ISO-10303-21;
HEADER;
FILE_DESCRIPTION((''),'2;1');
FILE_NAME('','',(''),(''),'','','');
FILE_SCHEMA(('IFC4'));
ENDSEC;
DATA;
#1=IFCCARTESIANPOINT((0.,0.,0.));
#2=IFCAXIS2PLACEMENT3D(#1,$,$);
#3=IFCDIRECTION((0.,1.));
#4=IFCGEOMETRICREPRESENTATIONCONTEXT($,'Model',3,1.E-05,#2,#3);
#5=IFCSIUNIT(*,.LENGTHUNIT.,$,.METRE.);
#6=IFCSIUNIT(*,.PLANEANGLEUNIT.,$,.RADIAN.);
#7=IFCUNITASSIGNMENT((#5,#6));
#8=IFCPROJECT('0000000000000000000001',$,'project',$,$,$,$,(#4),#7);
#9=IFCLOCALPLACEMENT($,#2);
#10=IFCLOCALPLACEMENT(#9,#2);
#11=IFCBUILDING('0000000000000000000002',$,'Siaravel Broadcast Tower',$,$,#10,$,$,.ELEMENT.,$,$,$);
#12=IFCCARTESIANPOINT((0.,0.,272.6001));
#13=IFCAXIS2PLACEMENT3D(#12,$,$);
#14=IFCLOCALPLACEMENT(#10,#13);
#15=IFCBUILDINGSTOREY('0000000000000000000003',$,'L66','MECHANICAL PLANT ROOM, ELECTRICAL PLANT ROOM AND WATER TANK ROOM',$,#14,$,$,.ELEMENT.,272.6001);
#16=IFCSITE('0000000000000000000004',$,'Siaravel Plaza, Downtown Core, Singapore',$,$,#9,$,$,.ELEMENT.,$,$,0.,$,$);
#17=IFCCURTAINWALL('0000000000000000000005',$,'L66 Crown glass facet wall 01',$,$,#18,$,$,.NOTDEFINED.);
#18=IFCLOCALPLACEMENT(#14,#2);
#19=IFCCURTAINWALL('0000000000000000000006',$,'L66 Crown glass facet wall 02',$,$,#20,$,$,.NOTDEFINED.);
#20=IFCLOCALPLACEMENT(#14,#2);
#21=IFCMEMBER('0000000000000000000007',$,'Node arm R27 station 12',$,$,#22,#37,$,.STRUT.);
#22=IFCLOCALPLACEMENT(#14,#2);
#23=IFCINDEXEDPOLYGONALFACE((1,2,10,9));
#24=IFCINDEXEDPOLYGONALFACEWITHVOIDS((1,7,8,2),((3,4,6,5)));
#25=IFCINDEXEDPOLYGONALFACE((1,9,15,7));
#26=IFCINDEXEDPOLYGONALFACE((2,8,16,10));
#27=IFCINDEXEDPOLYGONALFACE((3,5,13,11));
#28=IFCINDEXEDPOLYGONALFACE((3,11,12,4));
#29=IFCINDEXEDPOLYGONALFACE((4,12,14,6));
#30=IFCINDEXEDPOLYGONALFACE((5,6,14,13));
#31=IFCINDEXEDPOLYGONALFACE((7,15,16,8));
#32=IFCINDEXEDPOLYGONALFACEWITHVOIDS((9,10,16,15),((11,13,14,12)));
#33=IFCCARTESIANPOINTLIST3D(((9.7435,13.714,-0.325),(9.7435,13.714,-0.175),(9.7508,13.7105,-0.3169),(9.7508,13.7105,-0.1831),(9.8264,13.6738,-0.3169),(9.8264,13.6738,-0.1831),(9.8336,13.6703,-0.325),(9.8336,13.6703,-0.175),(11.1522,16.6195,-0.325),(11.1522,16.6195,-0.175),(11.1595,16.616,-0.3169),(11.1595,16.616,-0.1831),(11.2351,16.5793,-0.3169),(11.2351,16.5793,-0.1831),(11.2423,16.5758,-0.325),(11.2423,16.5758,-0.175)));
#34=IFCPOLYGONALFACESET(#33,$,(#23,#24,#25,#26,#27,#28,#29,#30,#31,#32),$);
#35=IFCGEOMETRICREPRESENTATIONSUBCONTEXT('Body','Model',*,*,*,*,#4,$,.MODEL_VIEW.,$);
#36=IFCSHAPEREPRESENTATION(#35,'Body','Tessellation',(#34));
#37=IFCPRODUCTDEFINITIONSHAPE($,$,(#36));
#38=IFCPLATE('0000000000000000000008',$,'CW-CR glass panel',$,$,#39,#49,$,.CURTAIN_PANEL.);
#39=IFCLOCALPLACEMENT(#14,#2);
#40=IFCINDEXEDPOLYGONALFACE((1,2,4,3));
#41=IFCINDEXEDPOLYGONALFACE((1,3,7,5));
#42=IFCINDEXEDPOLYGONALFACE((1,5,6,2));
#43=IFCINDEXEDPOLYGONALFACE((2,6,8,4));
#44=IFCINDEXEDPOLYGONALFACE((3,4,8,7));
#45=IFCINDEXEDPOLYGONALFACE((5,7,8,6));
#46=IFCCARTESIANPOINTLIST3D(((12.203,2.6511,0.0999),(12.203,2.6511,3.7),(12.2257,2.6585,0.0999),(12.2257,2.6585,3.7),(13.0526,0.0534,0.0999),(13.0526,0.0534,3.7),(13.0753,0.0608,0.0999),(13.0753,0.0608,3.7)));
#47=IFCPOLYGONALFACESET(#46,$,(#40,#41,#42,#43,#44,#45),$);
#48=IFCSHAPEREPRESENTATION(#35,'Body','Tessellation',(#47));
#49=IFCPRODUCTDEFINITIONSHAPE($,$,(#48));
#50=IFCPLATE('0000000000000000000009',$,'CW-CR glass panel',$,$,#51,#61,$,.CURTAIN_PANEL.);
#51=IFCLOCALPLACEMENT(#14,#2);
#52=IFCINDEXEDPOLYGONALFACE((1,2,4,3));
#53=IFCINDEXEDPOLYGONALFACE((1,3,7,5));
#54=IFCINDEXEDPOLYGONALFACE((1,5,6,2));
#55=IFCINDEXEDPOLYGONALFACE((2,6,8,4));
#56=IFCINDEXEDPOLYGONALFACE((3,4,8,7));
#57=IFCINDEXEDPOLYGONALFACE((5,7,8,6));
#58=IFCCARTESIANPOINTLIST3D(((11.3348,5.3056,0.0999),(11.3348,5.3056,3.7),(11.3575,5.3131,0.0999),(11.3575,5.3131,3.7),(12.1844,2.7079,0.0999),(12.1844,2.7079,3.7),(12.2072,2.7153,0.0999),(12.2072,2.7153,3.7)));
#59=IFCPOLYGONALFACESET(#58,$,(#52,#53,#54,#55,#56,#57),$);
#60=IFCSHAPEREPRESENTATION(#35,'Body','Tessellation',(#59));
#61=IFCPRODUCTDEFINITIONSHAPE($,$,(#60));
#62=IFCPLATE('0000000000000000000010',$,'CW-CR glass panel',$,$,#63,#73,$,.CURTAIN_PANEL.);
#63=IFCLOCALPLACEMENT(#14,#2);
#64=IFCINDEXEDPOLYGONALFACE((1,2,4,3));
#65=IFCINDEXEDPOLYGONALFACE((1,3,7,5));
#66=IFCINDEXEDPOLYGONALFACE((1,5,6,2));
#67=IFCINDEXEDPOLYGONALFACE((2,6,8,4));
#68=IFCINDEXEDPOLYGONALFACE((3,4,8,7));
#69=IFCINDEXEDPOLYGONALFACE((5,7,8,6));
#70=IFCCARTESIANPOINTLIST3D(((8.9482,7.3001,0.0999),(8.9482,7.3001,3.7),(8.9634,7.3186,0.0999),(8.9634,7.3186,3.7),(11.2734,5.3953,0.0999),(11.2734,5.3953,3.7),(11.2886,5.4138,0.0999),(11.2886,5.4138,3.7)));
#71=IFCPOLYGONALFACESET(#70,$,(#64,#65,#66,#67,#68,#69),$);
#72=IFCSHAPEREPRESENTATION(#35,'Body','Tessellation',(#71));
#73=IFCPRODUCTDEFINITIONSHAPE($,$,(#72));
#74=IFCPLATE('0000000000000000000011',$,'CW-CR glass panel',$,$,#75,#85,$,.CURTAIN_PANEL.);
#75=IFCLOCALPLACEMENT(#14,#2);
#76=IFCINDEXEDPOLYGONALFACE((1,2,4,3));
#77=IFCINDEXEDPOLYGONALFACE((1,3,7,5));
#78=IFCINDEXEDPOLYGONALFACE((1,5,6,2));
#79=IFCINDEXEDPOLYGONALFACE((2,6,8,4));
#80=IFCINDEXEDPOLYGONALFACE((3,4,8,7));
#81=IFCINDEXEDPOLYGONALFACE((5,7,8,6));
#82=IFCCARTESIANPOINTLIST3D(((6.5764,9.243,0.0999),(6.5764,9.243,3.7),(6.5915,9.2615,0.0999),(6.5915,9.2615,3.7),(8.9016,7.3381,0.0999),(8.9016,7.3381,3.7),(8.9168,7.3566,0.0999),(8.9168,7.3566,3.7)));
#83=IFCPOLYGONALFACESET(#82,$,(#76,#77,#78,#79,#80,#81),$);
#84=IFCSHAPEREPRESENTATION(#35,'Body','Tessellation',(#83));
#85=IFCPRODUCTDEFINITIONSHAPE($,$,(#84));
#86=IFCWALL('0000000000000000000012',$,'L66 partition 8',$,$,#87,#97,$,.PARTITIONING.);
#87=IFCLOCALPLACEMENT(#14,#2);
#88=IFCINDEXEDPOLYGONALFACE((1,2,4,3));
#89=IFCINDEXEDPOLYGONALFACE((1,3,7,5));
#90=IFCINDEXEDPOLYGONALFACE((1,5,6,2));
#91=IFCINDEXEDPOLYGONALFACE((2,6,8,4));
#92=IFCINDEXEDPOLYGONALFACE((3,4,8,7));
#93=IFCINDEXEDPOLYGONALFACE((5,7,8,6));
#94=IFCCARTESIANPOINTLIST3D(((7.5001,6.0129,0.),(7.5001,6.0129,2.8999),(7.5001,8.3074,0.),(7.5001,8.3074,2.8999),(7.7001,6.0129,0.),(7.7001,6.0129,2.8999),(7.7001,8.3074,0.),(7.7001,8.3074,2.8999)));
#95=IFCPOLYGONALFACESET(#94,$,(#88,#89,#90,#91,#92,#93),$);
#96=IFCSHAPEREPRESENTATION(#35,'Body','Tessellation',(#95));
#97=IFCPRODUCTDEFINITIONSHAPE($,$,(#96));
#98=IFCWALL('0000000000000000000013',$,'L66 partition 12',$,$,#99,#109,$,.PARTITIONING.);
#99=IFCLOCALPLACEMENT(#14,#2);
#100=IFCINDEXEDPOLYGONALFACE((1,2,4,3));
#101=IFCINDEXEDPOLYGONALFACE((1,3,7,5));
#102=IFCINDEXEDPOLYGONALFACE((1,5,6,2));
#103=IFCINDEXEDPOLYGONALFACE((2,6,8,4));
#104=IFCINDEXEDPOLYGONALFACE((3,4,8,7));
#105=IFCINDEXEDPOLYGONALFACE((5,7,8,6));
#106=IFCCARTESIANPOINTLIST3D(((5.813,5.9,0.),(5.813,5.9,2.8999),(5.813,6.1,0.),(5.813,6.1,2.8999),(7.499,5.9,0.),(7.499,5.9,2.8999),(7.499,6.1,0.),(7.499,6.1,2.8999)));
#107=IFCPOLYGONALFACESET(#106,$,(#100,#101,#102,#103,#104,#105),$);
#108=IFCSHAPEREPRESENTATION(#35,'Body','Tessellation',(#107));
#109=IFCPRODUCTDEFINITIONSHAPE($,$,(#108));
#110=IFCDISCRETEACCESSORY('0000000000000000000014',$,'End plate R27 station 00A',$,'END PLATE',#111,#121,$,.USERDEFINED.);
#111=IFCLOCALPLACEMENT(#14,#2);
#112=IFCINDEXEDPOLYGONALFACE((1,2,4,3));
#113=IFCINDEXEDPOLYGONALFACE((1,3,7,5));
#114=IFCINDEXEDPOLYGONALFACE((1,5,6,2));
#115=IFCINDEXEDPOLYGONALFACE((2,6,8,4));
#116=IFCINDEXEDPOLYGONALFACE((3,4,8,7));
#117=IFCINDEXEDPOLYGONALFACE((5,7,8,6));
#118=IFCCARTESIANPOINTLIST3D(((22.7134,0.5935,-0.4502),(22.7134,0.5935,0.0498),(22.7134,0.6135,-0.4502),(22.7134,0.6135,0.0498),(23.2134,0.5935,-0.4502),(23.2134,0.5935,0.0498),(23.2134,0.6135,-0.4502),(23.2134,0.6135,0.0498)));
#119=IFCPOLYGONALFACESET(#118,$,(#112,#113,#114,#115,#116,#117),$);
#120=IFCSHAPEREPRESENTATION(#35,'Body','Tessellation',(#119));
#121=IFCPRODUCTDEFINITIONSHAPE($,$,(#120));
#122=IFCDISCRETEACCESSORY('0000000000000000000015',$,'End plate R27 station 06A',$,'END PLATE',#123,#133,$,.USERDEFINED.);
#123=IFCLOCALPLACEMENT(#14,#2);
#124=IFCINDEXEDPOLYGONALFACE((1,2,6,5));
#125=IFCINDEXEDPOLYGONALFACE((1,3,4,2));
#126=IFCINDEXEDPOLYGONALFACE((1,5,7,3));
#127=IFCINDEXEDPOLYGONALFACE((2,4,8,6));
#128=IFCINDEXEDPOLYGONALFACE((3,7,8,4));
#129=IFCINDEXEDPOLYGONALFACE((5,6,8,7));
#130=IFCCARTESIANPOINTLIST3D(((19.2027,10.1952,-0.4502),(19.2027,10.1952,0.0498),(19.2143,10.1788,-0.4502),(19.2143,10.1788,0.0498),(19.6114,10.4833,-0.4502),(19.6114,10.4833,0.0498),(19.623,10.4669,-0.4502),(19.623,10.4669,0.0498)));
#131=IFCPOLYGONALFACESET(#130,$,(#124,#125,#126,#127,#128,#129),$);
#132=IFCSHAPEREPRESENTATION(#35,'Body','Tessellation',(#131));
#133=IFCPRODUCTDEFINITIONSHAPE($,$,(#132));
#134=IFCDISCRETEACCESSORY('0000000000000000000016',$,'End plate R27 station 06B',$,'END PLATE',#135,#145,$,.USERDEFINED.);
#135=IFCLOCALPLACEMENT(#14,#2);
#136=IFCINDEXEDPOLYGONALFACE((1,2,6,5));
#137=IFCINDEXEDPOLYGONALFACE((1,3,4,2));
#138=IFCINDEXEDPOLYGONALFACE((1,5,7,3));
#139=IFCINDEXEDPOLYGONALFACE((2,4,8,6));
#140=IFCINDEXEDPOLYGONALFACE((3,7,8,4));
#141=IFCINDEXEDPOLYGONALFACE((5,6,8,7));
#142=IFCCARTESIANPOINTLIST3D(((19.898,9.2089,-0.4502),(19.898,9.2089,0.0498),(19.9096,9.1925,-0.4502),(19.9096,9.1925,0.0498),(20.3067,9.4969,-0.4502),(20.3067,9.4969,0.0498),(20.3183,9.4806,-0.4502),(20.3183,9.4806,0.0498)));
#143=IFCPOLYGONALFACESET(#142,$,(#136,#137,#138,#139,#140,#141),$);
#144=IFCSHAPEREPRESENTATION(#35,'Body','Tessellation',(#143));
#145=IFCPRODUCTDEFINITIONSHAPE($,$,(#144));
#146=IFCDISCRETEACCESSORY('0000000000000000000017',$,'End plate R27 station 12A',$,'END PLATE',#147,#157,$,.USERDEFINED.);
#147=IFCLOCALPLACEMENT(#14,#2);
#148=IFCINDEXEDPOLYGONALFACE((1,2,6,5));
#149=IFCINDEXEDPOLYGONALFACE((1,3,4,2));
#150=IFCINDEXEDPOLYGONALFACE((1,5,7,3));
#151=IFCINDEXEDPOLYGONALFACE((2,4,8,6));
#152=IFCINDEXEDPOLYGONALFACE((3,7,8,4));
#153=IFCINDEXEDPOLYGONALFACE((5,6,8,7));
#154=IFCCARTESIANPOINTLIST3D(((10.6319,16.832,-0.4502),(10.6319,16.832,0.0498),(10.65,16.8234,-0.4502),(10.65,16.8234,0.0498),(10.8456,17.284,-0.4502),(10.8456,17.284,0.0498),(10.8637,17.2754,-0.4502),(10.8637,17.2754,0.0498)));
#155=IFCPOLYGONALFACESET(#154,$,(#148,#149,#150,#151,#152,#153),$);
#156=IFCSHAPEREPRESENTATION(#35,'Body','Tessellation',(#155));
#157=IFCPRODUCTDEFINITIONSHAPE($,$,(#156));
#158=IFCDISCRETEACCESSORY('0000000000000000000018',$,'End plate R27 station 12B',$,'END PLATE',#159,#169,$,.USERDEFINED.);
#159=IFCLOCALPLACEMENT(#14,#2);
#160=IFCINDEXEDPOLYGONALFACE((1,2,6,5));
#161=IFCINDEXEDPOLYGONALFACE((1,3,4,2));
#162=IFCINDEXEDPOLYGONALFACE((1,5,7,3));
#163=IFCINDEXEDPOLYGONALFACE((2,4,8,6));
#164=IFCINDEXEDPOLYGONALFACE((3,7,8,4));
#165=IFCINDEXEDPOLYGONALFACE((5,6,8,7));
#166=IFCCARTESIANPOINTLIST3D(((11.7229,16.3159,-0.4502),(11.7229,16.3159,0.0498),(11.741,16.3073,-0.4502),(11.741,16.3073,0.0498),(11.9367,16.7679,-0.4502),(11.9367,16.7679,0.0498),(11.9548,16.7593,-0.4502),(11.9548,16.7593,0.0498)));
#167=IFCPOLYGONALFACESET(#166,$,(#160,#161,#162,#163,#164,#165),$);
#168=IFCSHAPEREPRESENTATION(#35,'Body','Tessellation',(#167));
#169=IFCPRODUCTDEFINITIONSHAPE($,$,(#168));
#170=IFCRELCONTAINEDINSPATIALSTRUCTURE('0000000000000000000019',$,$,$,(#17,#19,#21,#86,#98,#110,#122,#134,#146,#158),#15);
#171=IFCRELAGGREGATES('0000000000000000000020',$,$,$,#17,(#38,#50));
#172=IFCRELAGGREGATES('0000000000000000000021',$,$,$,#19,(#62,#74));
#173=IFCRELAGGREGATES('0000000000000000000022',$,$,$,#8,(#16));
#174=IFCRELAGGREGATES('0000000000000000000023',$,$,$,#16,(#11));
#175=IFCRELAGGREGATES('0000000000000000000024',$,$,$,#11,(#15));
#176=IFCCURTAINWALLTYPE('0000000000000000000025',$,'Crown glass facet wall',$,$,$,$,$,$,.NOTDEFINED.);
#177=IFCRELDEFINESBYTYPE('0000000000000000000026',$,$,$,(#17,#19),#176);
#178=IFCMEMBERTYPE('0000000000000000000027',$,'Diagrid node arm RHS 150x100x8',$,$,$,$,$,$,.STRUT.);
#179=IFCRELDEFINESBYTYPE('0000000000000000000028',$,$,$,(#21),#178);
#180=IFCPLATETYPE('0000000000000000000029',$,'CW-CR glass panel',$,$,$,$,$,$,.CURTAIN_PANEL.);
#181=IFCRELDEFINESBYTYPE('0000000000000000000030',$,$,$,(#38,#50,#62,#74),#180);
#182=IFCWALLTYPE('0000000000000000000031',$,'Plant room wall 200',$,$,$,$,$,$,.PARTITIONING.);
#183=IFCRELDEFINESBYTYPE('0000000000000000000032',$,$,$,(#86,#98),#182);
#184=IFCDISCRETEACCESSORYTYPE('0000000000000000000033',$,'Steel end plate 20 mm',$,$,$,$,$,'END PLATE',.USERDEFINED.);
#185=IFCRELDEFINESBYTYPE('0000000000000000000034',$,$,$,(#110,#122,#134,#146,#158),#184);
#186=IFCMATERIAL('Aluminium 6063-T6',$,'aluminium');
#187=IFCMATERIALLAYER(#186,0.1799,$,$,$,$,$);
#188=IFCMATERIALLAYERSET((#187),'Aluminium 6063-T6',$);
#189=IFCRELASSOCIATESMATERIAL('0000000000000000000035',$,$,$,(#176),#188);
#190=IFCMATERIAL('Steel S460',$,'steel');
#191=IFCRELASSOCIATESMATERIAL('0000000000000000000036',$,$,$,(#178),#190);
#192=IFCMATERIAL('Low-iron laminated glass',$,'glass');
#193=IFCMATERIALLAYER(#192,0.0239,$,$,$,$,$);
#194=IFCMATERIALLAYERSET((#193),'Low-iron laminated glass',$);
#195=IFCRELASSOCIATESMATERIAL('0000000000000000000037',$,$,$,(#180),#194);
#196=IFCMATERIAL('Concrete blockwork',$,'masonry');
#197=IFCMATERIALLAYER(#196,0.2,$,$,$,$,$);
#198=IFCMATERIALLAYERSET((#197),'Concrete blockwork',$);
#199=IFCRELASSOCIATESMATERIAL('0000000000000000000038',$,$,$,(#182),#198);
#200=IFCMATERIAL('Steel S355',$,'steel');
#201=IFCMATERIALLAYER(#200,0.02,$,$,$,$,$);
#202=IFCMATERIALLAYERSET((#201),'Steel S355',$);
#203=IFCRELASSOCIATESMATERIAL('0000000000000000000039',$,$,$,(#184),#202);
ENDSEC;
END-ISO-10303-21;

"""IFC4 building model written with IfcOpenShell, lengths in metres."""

from ifc_helpers import new_model, si_unit, direction, frame, frame_2d, origin, origin_2d, place, context, subcontext, project, spatial, rectangle, hollow_rectangle, extrude, material, layer, layer_set, material_profile, profile_set, type_object, element, aggregate, save


model = new_model("IFC4")

# Units and contexts
model_context = context("Model", 3, precision=1e-05, world=origin(), true_north=direction((0.0, 1.0)))
body_context = subcontext(model_context, "Body", "Model", "MODEL_VIEW")
ifc_project = project(units=[si_unit("LENGTHUNIT", "METRE"), si_unit("PLANEANGLEUNIT", "RADIAN")], contexts=[model_context])

# Site, building, storey
site_placement = place(None, origin())
site = spatial("IfcSite", under=ifc_project, at=site_placement, Name="Siaravel Plaza, Downtown Core, Singapore", CompositionType="ELEMENT", RefElevation=0.0)
building_placement = place(site_placement, origin())
building = spatial("IfcBuilding", under=site, at=building_placement, Name="Siaravel Broadcast Tower", CompositionType="ELEMENT")
storey_placement = place(building_placement, frame((0.0, 0.0, 272.6001)))
storey = spatial("IfcBuildingStorey", under=building, at=storey_placement, Name="L66", Description="MECHANICAL PLANT ROOM, ELECTRICAL PLANT ROOM AND WATER TANK ROOM", CompositionType="ELEMENT", Elevation=272.6001)

# Curtain walls
ifc_material_1 = material(Name="Aluminium 6063-T6", Category="aluminium")
ifc_layer_1 = layer(ifc_material_1, 0.1799)
ifc_layer_set_1 = layer_set([ifc_layer_1], Name="Aluminium 6063-T6")
curtain_wall_type = type_object("IfcCurtainWallType", Name="Crown glass facet wall", PredefinedType="NOTDEFINED", material=ifc_layer_set_1)
curtain_wall_1_placement = place(storey_placement, origin())
curtain_wall_1 = element("IfcCurtainWall", 1, at=curtain_wall_1_placement, inside=storey, type_object=curtain_wall_type, Name="L66 Crown glass facet wall 01", PredefinedType="NOTDEFINED")
curtain_wall_2_placement = place(storey_placement, origin())
curtain_wall_2 = element("IfcCurtainWall", 2, at=curtain_wall_2_placement, inside=storey, type_object=curtain_wall_type, Name="L66 Crown glass facet wall 02", PredefinedType="NOTDEFINED")

# Member
ifc_material_2 = material(Name="Steel S460", Category="steel")
ifc_material_profile_1 = material_profile(ifc_material_2, hollow_rectangle(XDim=0.1001, YDim=0.1499, WallThickness=0.0081, at=origin_2d()))
ifc_profile_set_1 = profile_set([ifc_material_profile_1], Name="Steel S460")
member_type_1 = type_object("IfcMemberType", Name="Diagrid node arm RHS 150x100x8", PredefinedType="STRUT", material=ifc_profile_set_1)
member_1_placement = place(storey_placement, frame((9.7886, 13.6921, -0.25), z_axis=(0.436262, 0.89982, 0.0), x_axis=(-0.89982, 0.436262, 0.0)))
element("IfcMember", 3, at=member_1_placement, inside=storey, type_object=member_type_1, Name="Node arm R27 station 12", PredefinedType="STRUT", context=body_context, shape_type="SweptSolid", body=[
    extrude(hollow_rectangle(XDim=0.1001, YDim=0.1499, WallThickness=0.0081, at=origin_2d()), origin(), (0.0, 0.0, 1.0), 3.229),
])

# Plates
ifc_material_3 = material(Name="Low-iron laminated glass", Category="glass")
ifc_layer_2 = layer(ifc_material_3, 0.0239)
ifc_layer_set_2 = layer_set([ifc_layer_2], Name="Low-iron laminated glass")
plate_type = type_object("IfcPlateType", Name="CW-CR glass panel", PredefinedType="CURTAIN_PANEL", material=ifc_layer_set_2)
plate_1_placement = place(storey_placement, frame((12.6392, 1.356, 0.0999), z_axis=(0.0, 0.0, 1.0), x_axis=(-0.310862, 0.950455, 0.0)))
plate_1 = element("IfcPlate", 4, at=plate_1_placement, type_object=plate_type, Name="CW-CR glass panel", PredefinedType="CURTAIN_PANEL", context=body_context, shape_type="SweptSolid", body=[
    extrude(rectangle(XDim=2.7332, YDim=0.0239, at=origin_2d()), origin(), (0.0, 0.0, 1.0), 3.6001),
])
plate_2_placement = place(storey_placement, frame((11.771, 4.0105, 0.0999), z_axis=(0.0, 0.0, 1.0), x_axis=(-0.310862, 0.950455, 0.0)))
plate_2 = element("IfcPlate", 5, at=plate_2_placement, type_object=plate_type, Name="CW-CR glass panel", PredefinedType="CURTAIN_PANEL", context=body_context, shape_type="SweptSolid", body=[
    extrude(rectangle(XDim=2.7332, YDim=0.0239, at=origin_2d()), origin(), (0.0, 0.0, 1.0), 3.6001),
])
aggregate(curtain_wall_1, [plate_1, plate_2])
plate_3_placement = place(storey_placement, frame((10.1184, 6.3569, 0.0999), z_axis=(0.0, 0.0, 1.0), x_axis=(-0.773569, 0.633712, 0.0)))
plate_3 = element("IfcPlate", 6, at=plate_3_placement, type_object=plate_type, Name="CW-CR glass panel", PredefinedType="CURTAIN_PANEL", context=body_context, shape_type="SweptSolid", body=[
    extrude(rectangle(XDim=3.0059, YDim=0.0239, at=origin_2d()), origin(), (0.0, 0.0, 1.0), 3.6001),
])
plate_4_placement = place(storey_placement, frame((7.7466, 8.2998, 0.0999), z_axis=(0.0, 0.0, 1.0), x_axis=(-0.773569, 0.633712, 0.0)))
plate_4 = element("IfcPlate", 7, at=plate_4_placement, type_object=plate_type, Name="CW-CR glass panel", PredefinedType="CURTAIN_PANEL", context=body_context, shape_type="SweptSolid", body=[
    extrude(rectangle(XDim=3.0059, YDim=0.0239, at=origin_2d()), origin(), (0.0, 0.0, 1.0), 3.6001),
])
aggregate(curtain_wall_2, [plate_3, plate_4])

# Walls
ifc_material_4 = material(Name="Concrete blockwork", Category="masonry")
ifc_layer_3 = layer(ifc_material_4, 0.2)
ifc_layer_set_3 = layer_set([ifc_layer_3], Name="Concrete blockwork")
wall_type = type_object("IfcWallType", Name="Plant room wall 200", PredefinedType="PARTITIONING", material=ifc_layer_set_3)
wall_1_placement = place(storey_placement, frame((7.6001, 8.3074, 0.0), z_axis=(0.0, 0.0, 1.0), x_axis=(0.0, -1.0, 0.0)))
element("IfcWall", 8, at=wall_1_placement, inside=storey, type_object=wall_type, Name="L66 partition 8", PredefinedType="PARTITIONING", context=body_context, shape_type="SweptSolid", body=[
    extrude(rectangle(XDim=2.2944, YDim=0.2, at=frame_2d((1.1472, 0.0))), origin(), (0.0, 0.0, 1.0), 2.8999),
])
wall_2_placement = place(storey_placement, frame((7.499, 6.0, 0.0), z_axis=(0.0, 0.0, 1.0), x_axis=(-1.0, 0.0, 0.0)))
element("IfcWall", 9, at=wall_2_placement, inside=storey, type_object=wall_type, Name="L66 partition 12", PredefinedType="PARTITIONING", context=body_context, shape_type="SweptSolid", body=[
    extrude(rectangle(XDim=1.686, YDim=0.2, at=frame_2d((0.843, 0.0))), origin(), (0.0, 0.0, 1.0), 2.8999),
])

# Discrete accessories
ifc_material_5 = material(Name="Steel S355", Category="steel")
ifc_layer_4 = layer(ifc_material_5, 0.02)
ifc_layer_set_4 = layer_set([ifc_layer_4], Name="Steel S355")
discrete_accessory_type = type_object("IfcDiscreteAccessoryType", Name="Steel end plate 20 mm", ElementType="END PLATE", PredefinedType="USERDEFINED", material=ifc_layer_set_4)
for number, where, z_axis, x_axis, name in (
    (10, (22.9634, 0.6035, -0.4502), (0.0, 0.0, 1.0), (0.0, 1.0, 0.0), "End plate R27 station 00A"),
    (11, (19.4128, 10.3311, -0.4502), (0.0, 0.0, 1.0), (-0.576119, 0.817366, 0.0), "End plate R27 station 06A"),
    (12, (20.1082, 9.3447, -0.4502), (0.0, 0.0, 1.0), (-0.576119, 0.817366, 0.0), "End plate R27 station 06B"),
    (13, (10.7478, 17.0537, -0.4502), (0.0, 0.0, 1.0), (-0.904006, 0.427519, 0.0), "End plate R27 station 12A"),
    (14, (11.8389, 16.5376, -0.4502), (0.0, 0.0, 1.0), (-0.904006, 0.427519, 0.0), "End plate R27 station 12B"),
):
    element("IfcDiscreteAccessory", number, at=place(storey_placement, frame(where, z_axis=z_axis, x_axis=x_axis)), inside=storey, type_object=discrete_accessory_type, Name=name, ObjectType="END PLATE", PredefinedType="USERDEFINED", context=body_context, shape_type="SweptSolid", body=[
        extrude(rectangle(XDim=0.02, YDim=0.5, at=origin_2d()), origin(), (0.0, 0.0, 1.0), 0.5),
    ])

save(model, "model.ifc")
